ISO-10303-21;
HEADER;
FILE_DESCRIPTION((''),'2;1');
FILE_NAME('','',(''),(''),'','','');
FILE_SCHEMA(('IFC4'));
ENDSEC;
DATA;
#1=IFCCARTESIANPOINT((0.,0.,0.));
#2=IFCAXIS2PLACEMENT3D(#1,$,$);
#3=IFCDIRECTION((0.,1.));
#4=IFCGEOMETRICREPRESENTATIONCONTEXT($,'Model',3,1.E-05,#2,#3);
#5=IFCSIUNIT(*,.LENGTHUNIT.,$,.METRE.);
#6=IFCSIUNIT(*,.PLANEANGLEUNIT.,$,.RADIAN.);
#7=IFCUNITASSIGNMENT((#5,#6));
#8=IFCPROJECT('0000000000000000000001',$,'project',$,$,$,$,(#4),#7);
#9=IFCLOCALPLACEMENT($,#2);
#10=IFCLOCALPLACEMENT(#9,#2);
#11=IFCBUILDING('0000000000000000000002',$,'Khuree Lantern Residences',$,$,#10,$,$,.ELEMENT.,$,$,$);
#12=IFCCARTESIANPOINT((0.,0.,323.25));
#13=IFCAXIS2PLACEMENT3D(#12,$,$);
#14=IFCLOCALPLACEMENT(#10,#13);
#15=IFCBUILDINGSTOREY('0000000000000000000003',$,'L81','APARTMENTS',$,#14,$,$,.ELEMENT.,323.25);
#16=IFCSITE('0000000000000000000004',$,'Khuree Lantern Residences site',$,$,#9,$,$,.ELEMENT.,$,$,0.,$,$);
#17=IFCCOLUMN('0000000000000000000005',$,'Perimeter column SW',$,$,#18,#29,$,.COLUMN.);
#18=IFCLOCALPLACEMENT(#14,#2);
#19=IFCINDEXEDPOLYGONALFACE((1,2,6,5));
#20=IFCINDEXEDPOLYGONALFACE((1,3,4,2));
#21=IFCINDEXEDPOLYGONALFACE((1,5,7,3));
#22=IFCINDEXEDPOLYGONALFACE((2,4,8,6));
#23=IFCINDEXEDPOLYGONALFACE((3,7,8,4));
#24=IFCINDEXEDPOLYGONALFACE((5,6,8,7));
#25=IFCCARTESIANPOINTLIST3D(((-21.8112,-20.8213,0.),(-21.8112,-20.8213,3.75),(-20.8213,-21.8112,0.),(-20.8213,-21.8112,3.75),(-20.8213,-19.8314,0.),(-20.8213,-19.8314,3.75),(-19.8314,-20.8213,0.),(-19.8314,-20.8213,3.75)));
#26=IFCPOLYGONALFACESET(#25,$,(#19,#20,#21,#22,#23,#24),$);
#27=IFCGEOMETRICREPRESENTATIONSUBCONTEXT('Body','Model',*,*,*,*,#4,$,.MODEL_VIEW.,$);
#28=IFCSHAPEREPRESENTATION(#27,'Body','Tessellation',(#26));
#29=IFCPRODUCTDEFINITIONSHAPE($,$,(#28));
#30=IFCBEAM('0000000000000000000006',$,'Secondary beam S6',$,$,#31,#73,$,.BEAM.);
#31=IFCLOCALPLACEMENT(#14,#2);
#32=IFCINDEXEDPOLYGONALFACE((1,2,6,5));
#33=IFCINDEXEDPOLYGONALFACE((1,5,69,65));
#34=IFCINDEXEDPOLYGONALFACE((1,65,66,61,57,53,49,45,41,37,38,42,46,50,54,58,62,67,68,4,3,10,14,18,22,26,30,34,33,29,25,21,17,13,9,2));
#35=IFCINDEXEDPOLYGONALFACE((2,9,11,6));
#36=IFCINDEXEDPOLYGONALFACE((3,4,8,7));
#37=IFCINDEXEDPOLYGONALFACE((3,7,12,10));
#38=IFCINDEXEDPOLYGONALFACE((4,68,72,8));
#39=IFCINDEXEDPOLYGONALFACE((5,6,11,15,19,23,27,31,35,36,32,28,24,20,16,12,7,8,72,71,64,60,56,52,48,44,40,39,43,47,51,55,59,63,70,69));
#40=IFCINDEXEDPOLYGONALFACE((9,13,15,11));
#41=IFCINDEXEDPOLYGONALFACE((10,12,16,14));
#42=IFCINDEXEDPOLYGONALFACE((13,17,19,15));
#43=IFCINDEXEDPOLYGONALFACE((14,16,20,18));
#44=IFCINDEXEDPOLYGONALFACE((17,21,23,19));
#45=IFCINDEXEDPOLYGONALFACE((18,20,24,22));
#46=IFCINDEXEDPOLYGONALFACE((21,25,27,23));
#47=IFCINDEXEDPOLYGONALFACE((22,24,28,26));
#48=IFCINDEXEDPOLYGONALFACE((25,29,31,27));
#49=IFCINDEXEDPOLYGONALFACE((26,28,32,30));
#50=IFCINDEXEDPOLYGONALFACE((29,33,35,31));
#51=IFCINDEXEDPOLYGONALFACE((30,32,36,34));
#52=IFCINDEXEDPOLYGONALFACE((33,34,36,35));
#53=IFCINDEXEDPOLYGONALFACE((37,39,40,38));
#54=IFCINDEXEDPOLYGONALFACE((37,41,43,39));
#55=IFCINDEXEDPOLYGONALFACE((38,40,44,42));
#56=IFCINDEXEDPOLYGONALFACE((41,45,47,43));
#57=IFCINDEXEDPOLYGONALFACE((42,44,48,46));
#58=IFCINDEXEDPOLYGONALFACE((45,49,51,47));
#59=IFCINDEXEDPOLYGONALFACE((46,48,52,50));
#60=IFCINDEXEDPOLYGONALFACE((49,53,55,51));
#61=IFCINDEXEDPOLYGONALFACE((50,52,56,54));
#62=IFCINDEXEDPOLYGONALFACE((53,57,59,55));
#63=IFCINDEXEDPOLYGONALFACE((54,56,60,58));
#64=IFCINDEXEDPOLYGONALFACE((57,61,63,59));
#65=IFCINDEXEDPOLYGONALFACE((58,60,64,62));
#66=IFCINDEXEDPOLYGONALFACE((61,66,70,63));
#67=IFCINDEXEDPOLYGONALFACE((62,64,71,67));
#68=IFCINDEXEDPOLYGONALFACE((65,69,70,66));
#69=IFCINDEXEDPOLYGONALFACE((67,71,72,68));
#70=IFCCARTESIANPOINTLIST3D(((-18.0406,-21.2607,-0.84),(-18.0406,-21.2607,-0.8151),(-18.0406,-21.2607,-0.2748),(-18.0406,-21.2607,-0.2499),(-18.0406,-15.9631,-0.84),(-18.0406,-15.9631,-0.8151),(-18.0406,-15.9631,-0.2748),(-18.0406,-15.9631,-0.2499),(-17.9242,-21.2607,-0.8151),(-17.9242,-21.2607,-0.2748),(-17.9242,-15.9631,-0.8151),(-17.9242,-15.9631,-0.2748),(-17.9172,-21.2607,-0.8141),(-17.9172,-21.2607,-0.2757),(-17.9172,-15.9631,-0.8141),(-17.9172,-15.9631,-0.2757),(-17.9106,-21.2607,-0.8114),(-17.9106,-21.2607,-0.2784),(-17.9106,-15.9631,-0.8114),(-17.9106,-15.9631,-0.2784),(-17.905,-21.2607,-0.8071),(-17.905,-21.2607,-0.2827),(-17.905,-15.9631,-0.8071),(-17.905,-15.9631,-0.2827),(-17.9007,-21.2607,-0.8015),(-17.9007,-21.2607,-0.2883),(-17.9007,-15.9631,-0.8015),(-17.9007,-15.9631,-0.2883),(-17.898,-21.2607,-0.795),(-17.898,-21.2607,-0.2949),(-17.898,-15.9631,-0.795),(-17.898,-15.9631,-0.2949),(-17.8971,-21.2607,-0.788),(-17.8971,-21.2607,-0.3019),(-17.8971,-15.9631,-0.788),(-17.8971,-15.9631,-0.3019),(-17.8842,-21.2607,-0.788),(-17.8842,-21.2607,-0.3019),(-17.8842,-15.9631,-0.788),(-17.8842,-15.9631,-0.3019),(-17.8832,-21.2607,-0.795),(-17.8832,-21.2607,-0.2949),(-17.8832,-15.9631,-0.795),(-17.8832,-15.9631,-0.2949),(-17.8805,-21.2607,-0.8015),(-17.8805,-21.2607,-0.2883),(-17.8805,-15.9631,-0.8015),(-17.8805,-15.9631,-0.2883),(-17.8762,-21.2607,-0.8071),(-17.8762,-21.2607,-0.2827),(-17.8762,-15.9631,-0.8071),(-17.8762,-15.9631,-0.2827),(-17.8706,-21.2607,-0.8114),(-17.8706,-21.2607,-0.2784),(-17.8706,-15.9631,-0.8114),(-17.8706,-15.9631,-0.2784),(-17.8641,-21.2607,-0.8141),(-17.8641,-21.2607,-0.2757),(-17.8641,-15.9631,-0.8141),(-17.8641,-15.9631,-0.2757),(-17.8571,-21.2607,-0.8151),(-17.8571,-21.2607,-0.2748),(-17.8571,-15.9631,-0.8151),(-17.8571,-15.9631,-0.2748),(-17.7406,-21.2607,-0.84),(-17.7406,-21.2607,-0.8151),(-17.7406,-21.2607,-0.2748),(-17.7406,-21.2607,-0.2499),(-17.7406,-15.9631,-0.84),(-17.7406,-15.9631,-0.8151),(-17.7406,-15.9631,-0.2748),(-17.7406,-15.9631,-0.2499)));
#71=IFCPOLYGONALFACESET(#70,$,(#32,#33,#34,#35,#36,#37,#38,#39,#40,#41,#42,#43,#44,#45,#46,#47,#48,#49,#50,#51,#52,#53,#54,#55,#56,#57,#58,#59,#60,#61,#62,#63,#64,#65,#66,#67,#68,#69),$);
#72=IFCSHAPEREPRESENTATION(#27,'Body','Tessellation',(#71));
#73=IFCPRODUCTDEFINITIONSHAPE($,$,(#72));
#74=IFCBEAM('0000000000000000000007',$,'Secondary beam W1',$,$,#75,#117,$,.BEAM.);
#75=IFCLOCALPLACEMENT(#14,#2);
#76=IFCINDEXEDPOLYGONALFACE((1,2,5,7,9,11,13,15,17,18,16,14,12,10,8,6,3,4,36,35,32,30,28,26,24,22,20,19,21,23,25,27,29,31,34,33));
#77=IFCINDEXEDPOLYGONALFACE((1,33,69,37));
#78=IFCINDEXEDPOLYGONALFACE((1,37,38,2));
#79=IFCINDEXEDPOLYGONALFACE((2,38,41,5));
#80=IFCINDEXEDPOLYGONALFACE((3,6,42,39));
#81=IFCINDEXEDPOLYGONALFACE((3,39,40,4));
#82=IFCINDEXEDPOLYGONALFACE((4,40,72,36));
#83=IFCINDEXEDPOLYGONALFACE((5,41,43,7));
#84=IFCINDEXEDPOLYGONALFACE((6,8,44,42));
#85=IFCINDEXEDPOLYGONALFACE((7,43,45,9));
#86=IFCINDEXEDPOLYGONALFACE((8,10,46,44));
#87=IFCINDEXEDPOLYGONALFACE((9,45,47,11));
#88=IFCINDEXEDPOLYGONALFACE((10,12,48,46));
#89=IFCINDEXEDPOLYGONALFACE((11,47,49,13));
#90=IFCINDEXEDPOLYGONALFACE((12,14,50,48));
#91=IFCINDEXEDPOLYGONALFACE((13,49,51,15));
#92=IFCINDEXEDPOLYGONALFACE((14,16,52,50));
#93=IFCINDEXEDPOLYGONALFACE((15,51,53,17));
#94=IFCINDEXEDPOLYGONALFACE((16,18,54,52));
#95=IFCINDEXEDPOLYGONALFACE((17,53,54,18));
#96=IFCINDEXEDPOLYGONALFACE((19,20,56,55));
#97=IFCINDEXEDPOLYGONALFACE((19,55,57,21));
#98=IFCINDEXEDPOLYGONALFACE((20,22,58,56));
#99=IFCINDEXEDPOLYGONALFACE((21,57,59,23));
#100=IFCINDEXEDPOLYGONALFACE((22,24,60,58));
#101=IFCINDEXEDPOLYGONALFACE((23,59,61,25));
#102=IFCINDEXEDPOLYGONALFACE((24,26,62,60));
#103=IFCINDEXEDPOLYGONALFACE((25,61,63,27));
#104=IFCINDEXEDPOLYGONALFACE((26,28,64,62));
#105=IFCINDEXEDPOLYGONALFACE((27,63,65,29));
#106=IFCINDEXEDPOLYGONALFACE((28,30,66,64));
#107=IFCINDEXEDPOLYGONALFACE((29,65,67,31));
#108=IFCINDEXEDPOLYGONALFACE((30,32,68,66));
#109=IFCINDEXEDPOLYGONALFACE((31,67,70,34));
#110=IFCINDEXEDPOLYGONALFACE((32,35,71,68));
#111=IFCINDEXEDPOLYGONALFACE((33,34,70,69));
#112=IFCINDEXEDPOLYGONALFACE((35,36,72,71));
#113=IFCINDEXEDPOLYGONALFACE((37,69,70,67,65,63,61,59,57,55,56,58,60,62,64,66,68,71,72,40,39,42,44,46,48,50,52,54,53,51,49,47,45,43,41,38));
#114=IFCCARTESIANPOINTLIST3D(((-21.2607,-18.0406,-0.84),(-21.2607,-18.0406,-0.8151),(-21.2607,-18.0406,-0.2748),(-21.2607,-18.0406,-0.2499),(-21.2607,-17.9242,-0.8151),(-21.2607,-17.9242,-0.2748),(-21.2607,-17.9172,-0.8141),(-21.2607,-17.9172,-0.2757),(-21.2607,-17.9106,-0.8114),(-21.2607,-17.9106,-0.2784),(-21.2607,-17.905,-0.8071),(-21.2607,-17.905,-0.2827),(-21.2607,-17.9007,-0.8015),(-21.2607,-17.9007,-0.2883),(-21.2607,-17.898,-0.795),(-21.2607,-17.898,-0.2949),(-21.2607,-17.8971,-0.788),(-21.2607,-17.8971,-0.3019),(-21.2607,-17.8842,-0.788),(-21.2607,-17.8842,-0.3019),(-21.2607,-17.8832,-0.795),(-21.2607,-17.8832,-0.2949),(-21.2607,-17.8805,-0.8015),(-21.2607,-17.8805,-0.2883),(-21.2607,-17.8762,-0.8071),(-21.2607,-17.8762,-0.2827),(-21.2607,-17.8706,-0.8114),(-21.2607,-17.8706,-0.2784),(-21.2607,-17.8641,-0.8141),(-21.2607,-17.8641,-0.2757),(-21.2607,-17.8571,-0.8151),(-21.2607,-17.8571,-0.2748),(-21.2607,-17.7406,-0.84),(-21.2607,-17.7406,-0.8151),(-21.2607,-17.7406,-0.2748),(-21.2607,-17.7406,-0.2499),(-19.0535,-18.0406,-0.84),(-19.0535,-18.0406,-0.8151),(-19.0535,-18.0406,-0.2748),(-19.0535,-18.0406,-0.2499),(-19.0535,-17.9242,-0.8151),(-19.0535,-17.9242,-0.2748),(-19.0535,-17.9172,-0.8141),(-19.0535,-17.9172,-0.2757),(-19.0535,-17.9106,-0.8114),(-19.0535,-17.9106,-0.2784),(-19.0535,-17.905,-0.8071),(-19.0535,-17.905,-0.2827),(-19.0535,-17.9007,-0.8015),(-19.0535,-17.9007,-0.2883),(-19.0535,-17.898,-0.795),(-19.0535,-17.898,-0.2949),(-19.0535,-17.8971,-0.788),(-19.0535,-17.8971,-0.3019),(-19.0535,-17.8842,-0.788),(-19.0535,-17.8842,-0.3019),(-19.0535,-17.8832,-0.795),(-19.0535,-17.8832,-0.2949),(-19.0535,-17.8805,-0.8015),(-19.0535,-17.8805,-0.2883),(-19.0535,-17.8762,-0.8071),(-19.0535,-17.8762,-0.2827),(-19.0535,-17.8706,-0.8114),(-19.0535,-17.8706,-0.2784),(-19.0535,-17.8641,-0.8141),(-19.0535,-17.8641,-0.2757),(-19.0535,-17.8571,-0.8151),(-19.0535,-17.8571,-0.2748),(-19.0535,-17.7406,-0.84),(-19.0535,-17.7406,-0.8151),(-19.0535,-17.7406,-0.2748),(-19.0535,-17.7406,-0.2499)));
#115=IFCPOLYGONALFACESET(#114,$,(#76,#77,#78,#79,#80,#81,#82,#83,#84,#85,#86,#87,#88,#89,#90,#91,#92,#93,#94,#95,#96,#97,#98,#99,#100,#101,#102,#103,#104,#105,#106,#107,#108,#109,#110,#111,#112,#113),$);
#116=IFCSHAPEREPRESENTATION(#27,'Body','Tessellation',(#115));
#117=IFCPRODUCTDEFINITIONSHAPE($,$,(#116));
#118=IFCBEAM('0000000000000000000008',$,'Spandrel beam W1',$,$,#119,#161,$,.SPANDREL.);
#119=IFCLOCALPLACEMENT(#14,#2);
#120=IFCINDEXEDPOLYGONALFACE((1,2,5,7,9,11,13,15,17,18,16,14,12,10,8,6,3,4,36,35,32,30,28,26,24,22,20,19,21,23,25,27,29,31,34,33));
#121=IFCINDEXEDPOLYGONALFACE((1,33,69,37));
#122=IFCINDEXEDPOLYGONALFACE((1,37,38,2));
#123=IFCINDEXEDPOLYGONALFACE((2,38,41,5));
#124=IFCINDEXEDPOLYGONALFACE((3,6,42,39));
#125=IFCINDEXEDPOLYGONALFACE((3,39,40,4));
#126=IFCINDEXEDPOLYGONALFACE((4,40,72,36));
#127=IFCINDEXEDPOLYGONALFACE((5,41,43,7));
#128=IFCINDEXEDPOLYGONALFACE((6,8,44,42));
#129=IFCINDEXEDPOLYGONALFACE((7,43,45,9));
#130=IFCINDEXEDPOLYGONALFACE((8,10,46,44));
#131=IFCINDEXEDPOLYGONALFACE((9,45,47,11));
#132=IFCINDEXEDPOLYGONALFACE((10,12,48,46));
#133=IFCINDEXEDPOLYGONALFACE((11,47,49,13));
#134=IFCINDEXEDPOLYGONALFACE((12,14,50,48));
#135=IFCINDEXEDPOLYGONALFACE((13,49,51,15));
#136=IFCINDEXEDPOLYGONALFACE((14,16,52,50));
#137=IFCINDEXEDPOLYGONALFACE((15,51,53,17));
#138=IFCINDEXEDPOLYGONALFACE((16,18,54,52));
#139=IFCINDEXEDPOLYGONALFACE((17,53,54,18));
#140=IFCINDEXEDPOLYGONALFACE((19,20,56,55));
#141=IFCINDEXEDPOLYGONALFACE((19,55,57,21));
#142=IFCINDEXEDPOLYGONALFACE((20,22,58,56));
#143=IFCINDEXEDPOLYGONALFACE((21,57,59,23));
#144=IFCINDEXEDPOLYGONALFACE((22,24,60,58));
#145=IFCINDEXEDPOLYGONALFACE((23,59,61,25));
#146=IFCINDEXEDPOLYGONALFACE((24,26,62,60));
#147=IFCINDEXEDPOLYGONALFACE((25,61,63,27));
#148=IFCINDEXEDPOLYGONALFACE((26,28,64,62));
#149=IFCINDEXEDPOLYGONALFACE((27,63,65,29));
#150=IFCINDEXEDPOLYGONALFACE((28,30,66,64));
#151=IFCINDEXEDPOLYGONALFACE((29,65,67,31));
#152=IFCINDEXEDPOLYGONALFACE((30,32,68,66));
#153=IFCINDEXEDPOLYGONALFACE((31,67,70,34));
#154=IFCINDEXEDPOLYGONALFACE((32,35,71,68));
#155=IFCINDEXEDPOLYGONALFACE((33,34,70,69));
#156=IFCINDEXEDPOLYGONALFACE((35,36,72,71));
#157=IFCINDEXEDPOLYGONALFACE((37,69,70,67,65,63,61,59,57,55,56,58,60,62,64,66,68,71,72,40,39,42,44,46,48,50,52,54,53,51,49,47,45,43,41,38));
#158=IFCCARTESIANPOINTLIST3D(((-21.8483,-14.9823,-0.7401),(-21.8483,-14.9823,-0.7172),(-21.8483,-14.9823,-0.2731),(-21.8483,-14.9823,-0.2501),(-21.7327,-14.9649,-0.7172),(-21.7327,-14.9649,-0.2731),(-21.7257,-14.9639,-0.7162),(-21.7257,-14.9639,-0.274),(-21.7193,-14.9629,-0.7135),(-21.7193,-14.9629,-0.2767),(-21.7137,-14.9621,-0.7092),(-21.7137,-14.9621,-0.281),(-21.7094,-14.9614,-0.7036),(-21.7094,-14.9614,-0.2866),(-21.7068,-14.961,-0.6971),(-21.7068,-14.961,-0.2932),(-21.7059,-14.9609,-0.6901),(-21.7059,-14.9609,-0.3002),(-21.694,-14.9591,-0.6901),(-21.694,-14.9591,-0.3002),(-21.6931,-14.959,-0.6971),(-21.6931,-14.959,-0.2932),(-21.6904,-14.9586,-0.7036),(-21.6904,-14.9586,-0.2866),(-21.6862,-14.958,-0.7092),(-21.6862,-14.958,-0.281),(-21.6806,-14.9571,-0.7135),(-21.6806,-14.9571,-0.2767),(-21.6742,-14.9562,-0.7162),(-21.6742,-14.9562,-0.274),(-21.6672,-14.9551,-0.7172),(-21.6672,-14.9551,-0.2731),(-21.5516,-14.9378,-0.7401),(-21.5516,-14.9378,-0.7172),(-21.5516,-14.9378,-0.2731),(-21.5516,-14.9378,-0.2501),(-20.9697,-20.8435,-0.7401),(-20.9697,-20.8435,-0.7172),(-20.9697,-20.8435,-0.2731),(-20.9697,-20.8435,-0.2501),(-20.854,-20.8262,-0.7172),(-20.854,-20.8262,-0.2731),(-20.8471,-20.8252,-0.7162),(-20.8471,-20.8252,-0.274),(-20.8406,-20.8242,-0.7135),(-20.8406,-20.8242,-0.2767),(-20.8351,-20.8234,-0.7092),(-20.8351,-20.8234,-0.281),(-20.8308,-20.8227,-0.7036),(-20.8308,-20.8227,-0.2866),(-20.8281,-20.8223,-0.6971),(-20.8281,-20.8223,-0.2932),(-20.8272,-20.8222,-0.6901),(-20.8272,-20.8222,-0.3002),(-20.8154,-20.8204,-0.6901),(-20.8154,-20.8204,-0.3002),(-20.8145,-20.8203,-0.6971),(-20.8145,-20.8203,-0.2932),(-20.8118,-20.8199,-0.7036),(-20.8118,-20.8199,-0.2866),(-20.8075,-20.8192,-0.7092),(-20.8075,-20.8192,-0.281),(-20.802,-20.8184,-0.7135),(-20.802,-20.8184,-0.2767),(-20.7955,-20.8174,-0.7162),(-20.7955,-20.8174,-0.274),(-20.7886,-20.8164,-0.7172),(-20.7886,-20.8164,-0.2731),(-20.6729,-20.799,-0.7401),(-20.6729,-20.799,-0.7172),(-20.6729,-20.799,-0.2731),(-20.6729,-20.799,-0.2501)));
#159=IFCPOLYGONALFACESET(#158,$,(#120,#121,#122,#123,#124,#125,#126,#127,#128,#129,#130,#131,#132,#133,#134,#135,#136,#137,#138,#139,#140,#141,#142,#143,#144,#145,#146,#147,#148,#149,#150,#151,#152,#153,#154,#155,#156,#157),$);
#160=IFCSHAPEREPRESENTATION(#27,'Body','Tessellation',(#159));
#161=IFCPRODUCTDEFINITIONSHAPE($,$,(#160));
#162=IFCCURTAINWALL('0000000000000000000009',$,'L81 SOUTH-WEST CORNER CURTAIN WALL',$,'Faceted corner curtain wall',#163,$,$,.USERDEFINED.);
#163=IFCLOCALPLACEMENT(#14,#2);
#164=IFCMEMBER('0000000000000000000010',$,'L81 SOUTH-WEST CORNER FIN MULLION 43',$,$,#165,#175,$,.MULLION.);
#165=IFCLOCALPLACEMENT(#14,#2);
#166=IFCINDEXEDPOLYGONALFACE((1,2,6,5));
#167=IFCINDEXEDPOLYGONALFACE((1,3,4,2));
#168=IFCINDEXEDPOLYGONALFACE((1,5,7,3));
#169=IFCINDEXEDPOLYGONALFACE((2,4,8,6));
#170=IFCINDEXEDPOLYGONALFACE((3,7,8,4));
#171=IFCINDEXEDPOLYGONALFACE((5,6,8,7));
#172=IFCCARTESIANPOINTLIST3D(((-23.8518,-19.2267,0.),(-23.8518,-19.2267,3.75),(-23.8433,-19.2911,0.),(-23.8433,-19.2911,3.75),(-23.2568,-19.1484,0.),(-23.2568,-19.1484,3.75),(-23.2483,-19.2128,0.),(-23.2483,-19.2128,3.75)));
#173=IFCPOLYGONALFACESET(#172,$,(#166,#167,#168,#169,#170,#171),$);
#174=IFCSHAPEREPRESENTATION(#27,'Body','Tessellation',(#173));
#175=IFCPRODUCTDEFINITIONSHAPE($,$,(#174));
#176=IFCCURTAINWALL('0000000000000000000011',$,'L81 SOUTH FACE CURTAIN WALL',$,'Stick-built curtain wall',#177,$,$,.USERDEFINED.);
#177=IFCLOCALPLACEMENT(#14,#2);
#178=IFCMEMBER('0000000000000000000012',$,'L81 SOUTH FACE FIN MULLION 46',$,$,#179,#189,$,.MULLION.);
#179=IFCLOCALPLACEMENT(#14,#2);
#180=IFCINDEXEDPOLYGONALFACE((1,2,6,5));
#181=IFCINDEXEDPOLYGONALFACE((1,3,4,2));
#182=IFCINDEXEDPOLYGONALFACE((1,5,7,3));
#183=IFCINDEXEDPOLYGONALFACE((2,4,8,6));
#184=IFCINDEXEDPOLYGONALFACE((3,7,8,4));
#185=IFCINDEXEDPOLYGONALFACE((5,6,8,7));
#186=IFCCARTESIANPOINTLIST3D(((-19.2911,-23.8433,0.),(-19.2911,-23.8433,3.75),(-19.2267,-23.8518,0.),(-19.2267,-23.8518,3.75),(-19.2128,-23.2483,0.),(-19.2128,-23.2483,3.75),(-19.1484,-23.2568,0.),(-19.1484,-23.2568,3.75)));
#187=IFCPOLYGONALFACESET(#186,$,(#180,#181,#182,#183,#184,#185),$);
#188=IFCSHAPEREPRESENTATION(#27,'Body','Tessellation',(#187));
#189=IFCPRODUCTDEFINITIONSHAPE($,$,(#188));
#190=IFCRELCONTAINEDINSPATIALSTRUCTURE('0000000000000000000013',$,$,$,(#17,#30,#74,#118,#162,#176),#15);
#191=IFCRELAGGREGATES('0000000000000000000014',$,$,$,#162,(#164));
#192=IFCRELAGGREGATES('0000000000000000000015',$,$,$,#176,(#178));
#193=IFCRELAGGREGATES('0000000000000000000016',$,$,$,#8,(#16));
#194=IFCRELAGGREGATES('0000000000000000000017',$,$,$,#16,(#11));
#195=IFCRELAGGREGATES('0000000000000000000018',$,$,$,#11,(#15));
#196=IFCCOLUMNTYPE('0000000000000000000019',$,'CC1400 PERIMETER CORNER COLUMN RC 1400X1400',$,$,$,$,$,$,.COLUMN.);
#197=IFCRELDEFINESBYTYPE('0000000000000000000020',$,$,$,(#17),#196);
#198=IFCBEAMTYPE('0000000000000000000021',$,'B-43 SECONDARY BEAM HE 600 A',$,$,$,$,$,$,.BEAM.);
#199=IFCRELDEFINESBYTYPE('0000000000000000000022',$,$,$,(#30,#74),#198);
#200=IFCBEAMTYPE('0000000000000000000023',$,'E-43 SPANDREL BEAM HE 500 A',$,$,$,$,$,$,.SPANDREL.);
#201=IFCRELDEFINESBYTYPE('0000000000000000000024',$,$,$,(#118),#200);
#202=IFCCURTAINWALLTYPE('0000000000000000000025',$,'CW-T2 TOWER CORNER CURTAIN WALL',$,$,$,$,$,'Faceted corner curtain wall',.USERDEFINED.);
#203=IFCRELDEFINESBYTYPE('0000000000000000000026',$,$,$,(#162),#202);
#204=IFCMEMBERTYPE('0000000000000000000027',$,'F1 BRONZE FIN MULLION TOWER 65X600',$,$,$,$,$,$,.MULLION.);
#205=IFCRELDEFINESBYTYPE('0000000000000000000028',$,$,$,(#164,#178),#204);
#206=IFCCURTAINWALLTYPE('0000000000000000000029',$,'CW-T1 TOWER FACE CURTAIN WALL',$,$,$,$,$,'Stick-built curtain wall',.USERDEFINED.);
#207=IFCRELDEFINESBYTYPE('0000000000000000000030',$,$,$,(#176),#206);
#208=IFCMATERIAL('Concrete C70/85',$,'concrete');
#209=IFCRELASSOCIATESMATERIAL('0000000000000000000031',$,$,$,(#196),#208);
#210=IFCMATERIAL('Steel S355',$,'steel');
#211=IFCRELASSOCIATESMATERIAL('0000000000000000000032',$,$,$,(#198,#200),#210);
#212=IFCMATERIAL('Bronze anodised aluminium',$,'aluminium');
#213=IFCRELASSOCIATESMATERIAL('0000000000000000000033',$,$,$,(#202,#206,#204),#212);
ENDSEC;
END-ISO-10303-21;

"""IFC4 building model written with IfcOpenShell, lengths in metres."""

from ifc_helpers import new_model, si_unit, direction, frame, origin, origin_2d, place, context, subcontext, project, spatial, rectangle, i_section, extrude, material, material_profile, profile_set, type_object, element, aggregate, save


model = new_model("IFC4")

# Units and contexts
model_context = context("Model", 3, precision=1e-05, world=origin(), true_north=direction((0.0, 1.0)))
body_context = subcontext(model_context, "Body", "Model", "MODEL_VIEW")
ifc_project = project(units=[si_unit("LENGTHUNIT", "METRE"), si_unit("PLANEANGLEUNIT", "RADIAN")], contexts=[model_context])

# Site, building, storey
site_placement = place(None, origin())
site = spatial("IfcSite", under=ifc_project, at=site_placement, Name="Khuree Lantern Residences site", CompositionType="ELEMENT", RefElevation=0.0)
building_placement = place(site_placement, origin())
building = spatial("IfcBuilding", under=site, at=building_placement, Name="Khuree Lantern Residences", CompositionType="ELEMENT")
storey_placement = place(building_placement, frame((0.0, 0.0, 323.25)))
storey = spatial("IfcBuildingStorey", under=building, at=storey_placement, Name="L81", Description="APARTMENTS", CompositionType="ELEMENT", Elevation=323.25)

# Column
ifc_material_1 = material(Name="Concrete C70/85", Category="concrete")
ifc_material_profile_1 = material_profile(ifc_material_1, rectangle(XDim=1.3999, YDim=1.3999, at=origin_2d()), Name="RC 1400X1400")
ifc_profile_set_1 = profile_set([ifc_material_profile_1], Name="Concrete C70/85")
column_type = type_object("IfcColumnType", Name="CC1400 PERIMETER CORNER COLUMN RC 1400X1400", PredefinedType="COLUMN", material=ifc_profile_set_1)
column_placement = place(storey_placement, frame((-20.8213, -20.8213, 0.0), z_axis=(0.0, 0.0, 1.0), x_axis=(0.707107, -0.707107, 0.0)))
element("IfcColumn", 1, at=column_placement, inside=storey, type_object=column_type, Name="Perimeter column SW", PredefinedType="COLUMN", context=body_context, shape_type="SweptSolid", body=[
    extrude(rectangle(XDim=1.3999, YDim=1.3999, at=origin_2d()), origin(), (0.0, 0.0, 1.0), 3.75),
])

# Beams
ifc_material_2 = material(Name="Steel S355", Category="steel")
ifc_material_profile_2 = material_profile(ifc_material_2, i_section(OverallWidth=0.3, OverallDepth=0.5901, WebThickness=0.0129, FlangeThickness=0.0249, FilletRadius=0.0271, at=origin_2d()), Name="HE 600 A")
ifc_profile_set_2 = profile_set([ifc_material_profile_2], Name="Steel S355")
beam_type_1 = type_object("IfcBeamType", Name="B-43 SECONDARY BEAM HE 600 A", PredefinedType="BEAM", material=ifc_profile_set_2)
beam_1_placement = place(storey_placement, frame((-17.8906, -21.2607, -0.5449), z_axis=(0.0, 1.0, 0.0), x_axis=(-1.0, 0.0, 0.0)))
element("IfcBeam", 2, at=beam_1_placement, inside=storey, type_object=beam_type_1, Name="Secondary beam S6", PredefinedType="BEAM", context=body_context, shape_type="SweptSolid", body=[
    extrude(i_section(OverallWidth=0.3, OverallDepth=0.5901, WebThickness=0.0129, FlangeThickness=0.0249, FilletRadius=0.0271, at=origin_2d()), origin(), (0.0, 0.0, 1.0), 5.2976),
])
beam_2_placement = place(storey_placement, frame((-21.2607, -17.8906, -0.5449), z_axis=(1.0, 0.0, 0.0), x_axis=(0.0, 1.0, 0.0)))
element("IfcBeam", 3, at=beam_2_placement, inside=storey, type_object=beam_type_1, Name="Secondary beam W1", PredefinedType="BEAM", context=body_context, shape_type="SweptSolid", body=[
    extrude(i_section(OverallWidth=0.3, OverallDepth=0.5901, WebThickness=0.0129, FlangeThickness=0.0249, FilletRadius=0.0271, at=origin_2d()), origin(), (0.0, 0.0, 1.0), 2.2073),
])
ifc_material_profile_3 = material_profile(ifc_material_2, i_section(OverallWidth=0.3, OverallDepth=0.49, WebThickness=0.012, FlangeThickness=0.0229, FilletRadius=0.0271, at=origin_2d()), Name="HE 500 A")
ifc_profile_set_3 = profile_set([ifc_material_profile_3], Name="Steel S355")
beam_type_2 = type_object("IfcBeamType", Name="E-43 SPANDREL BEAM HE 500 A", PredefinedType="SPANDREL", material=ifc_profile_set_3)
beam_3_placement = place(storey_placement, frame((-20.8213, -20.8213, -0.4951), z_axis=(-0.148252, 0.98895, 0.0), x_axis=(-0.98895, -0.148252, 0.0)))
element("IfcBeam", 4, at=beam_3_placement, inside=storey, type_object=beam_type_2, Name="Spandrel beam W1", PredefinedType="SPANDREL", context=body_context, shape_type="SweptSolid", body=[
    extrude(i_section(OverallWidth=0.3, OverallDepth=0.49, WebThickness=0.012, FlangeThickness=0.0229, FilletRadius=0.0271, at=origin_2d()), origin(), (0.0, 0.0, 1.0), 5.9268),
])

# Curtain walls, members
ifc_material_3 = material(Name="Bronze anodised aluminium", Category="aluminium")
curtain_wall_type_1 = type_object("IfcCurtainWallType", Name="CW-T2 TOWER CORNER CURTAIN WALL", ElementType="Faceted corner curtain wall", PredefinedType="USERDEFINED", material=ifc_material_3)
curtain_wall_1_placement = place(storey_placement, origin())
curtain_wall_1 = element("IfcCurtainWall", 5, at=curtain_wall_1_placement, inside=storey, type_object=curtain_wall_type_1, Name="L81 SOUTH-WEST CORNER CURTAIN WALL", ObjectType="Faceted corner curtain wall", PredefinedType="USERDEFINED")
ifc_material_profile_4 = material_profile(ifc_material_3, rectangle(XDim=0.0649, YDim=0.6001, at=origin_2d()), Name="F1 65X600")
ifc_profile_set_4 = profile_set([ifc_material_profile_4], Name="Bronze anodised aluminium")
member_type_1 = type_object("IfcMemberType", Name="F1 BRONZE FIN MULLION TOWER 65X600", PredefinedType="MULLION", material=ifc_profile_set_4)
member_1_placement = place(storey_placement, frame((-23.55, -19.2197, 0.0), z_axis=(0.0, 0.0, 1.0), x_axis=(0.130526, -0.991445, 0.0)))
member_1 = element("IfcMember", 6, at=member_1_placement, type_object=member_type_1, Name="L81 SOUTH-WEST CORNER FIN MULLION 43", PredefinedType="MULLION", context=body_context, shape_type="SweptSolid", body=[
    extrude(rectangle(XDim=0.0649, YDim=0.6001, at=origin_2d()), origin(), (0.0, 0.0, 1.0), 3.75),
])
curtain_wall_type_2 = type_object("IfcCurtainWallType", Name="CW-T1 TOWER FACE CURTAIN WALL", ElementType="Stick-built curtain wall", PredefinedType="USERDEFINED", material=ifc_material_3)
curtain_wall_2_placement = place(storey_placement, origin())
curtain_wall_2 = element("IfcCurtainWall", 7, at=curtain_wall_2_placement, inside=storey, type_object=curtain_wall_type_2, Name="L81 SOUTH FACE CURTAIN WALL", ObjectType="Stick-built curtain wall", PredefinedType="USERDEFINED")
member_2_placement = place(storey_placement, frame((-19.2197, -23.55, 0.0), z_axis=(0.0, 0.0, 1.0), x_axis=(0.991445, -0.130526, 0.0)))
member_2 = element("IfcMember", 8, at=member_2_placement, type_object=member_type_1, Name="L81 SOUTH FACE FIN MULLION 46", PredefinedType="MULLION", context=body_context, shape_type="SweptSolid", body=[
    extrude(rectangle(XDim=0.0649, YDim=0.6001, at=origin_2d()), origin(), (0.0, 0.0, 1.0), 3.75),
])

aggregate(curtain_wall_1, [member_1])
aggregate(curtain_wall_2, [member_2])

save(model, "model.ifc")
